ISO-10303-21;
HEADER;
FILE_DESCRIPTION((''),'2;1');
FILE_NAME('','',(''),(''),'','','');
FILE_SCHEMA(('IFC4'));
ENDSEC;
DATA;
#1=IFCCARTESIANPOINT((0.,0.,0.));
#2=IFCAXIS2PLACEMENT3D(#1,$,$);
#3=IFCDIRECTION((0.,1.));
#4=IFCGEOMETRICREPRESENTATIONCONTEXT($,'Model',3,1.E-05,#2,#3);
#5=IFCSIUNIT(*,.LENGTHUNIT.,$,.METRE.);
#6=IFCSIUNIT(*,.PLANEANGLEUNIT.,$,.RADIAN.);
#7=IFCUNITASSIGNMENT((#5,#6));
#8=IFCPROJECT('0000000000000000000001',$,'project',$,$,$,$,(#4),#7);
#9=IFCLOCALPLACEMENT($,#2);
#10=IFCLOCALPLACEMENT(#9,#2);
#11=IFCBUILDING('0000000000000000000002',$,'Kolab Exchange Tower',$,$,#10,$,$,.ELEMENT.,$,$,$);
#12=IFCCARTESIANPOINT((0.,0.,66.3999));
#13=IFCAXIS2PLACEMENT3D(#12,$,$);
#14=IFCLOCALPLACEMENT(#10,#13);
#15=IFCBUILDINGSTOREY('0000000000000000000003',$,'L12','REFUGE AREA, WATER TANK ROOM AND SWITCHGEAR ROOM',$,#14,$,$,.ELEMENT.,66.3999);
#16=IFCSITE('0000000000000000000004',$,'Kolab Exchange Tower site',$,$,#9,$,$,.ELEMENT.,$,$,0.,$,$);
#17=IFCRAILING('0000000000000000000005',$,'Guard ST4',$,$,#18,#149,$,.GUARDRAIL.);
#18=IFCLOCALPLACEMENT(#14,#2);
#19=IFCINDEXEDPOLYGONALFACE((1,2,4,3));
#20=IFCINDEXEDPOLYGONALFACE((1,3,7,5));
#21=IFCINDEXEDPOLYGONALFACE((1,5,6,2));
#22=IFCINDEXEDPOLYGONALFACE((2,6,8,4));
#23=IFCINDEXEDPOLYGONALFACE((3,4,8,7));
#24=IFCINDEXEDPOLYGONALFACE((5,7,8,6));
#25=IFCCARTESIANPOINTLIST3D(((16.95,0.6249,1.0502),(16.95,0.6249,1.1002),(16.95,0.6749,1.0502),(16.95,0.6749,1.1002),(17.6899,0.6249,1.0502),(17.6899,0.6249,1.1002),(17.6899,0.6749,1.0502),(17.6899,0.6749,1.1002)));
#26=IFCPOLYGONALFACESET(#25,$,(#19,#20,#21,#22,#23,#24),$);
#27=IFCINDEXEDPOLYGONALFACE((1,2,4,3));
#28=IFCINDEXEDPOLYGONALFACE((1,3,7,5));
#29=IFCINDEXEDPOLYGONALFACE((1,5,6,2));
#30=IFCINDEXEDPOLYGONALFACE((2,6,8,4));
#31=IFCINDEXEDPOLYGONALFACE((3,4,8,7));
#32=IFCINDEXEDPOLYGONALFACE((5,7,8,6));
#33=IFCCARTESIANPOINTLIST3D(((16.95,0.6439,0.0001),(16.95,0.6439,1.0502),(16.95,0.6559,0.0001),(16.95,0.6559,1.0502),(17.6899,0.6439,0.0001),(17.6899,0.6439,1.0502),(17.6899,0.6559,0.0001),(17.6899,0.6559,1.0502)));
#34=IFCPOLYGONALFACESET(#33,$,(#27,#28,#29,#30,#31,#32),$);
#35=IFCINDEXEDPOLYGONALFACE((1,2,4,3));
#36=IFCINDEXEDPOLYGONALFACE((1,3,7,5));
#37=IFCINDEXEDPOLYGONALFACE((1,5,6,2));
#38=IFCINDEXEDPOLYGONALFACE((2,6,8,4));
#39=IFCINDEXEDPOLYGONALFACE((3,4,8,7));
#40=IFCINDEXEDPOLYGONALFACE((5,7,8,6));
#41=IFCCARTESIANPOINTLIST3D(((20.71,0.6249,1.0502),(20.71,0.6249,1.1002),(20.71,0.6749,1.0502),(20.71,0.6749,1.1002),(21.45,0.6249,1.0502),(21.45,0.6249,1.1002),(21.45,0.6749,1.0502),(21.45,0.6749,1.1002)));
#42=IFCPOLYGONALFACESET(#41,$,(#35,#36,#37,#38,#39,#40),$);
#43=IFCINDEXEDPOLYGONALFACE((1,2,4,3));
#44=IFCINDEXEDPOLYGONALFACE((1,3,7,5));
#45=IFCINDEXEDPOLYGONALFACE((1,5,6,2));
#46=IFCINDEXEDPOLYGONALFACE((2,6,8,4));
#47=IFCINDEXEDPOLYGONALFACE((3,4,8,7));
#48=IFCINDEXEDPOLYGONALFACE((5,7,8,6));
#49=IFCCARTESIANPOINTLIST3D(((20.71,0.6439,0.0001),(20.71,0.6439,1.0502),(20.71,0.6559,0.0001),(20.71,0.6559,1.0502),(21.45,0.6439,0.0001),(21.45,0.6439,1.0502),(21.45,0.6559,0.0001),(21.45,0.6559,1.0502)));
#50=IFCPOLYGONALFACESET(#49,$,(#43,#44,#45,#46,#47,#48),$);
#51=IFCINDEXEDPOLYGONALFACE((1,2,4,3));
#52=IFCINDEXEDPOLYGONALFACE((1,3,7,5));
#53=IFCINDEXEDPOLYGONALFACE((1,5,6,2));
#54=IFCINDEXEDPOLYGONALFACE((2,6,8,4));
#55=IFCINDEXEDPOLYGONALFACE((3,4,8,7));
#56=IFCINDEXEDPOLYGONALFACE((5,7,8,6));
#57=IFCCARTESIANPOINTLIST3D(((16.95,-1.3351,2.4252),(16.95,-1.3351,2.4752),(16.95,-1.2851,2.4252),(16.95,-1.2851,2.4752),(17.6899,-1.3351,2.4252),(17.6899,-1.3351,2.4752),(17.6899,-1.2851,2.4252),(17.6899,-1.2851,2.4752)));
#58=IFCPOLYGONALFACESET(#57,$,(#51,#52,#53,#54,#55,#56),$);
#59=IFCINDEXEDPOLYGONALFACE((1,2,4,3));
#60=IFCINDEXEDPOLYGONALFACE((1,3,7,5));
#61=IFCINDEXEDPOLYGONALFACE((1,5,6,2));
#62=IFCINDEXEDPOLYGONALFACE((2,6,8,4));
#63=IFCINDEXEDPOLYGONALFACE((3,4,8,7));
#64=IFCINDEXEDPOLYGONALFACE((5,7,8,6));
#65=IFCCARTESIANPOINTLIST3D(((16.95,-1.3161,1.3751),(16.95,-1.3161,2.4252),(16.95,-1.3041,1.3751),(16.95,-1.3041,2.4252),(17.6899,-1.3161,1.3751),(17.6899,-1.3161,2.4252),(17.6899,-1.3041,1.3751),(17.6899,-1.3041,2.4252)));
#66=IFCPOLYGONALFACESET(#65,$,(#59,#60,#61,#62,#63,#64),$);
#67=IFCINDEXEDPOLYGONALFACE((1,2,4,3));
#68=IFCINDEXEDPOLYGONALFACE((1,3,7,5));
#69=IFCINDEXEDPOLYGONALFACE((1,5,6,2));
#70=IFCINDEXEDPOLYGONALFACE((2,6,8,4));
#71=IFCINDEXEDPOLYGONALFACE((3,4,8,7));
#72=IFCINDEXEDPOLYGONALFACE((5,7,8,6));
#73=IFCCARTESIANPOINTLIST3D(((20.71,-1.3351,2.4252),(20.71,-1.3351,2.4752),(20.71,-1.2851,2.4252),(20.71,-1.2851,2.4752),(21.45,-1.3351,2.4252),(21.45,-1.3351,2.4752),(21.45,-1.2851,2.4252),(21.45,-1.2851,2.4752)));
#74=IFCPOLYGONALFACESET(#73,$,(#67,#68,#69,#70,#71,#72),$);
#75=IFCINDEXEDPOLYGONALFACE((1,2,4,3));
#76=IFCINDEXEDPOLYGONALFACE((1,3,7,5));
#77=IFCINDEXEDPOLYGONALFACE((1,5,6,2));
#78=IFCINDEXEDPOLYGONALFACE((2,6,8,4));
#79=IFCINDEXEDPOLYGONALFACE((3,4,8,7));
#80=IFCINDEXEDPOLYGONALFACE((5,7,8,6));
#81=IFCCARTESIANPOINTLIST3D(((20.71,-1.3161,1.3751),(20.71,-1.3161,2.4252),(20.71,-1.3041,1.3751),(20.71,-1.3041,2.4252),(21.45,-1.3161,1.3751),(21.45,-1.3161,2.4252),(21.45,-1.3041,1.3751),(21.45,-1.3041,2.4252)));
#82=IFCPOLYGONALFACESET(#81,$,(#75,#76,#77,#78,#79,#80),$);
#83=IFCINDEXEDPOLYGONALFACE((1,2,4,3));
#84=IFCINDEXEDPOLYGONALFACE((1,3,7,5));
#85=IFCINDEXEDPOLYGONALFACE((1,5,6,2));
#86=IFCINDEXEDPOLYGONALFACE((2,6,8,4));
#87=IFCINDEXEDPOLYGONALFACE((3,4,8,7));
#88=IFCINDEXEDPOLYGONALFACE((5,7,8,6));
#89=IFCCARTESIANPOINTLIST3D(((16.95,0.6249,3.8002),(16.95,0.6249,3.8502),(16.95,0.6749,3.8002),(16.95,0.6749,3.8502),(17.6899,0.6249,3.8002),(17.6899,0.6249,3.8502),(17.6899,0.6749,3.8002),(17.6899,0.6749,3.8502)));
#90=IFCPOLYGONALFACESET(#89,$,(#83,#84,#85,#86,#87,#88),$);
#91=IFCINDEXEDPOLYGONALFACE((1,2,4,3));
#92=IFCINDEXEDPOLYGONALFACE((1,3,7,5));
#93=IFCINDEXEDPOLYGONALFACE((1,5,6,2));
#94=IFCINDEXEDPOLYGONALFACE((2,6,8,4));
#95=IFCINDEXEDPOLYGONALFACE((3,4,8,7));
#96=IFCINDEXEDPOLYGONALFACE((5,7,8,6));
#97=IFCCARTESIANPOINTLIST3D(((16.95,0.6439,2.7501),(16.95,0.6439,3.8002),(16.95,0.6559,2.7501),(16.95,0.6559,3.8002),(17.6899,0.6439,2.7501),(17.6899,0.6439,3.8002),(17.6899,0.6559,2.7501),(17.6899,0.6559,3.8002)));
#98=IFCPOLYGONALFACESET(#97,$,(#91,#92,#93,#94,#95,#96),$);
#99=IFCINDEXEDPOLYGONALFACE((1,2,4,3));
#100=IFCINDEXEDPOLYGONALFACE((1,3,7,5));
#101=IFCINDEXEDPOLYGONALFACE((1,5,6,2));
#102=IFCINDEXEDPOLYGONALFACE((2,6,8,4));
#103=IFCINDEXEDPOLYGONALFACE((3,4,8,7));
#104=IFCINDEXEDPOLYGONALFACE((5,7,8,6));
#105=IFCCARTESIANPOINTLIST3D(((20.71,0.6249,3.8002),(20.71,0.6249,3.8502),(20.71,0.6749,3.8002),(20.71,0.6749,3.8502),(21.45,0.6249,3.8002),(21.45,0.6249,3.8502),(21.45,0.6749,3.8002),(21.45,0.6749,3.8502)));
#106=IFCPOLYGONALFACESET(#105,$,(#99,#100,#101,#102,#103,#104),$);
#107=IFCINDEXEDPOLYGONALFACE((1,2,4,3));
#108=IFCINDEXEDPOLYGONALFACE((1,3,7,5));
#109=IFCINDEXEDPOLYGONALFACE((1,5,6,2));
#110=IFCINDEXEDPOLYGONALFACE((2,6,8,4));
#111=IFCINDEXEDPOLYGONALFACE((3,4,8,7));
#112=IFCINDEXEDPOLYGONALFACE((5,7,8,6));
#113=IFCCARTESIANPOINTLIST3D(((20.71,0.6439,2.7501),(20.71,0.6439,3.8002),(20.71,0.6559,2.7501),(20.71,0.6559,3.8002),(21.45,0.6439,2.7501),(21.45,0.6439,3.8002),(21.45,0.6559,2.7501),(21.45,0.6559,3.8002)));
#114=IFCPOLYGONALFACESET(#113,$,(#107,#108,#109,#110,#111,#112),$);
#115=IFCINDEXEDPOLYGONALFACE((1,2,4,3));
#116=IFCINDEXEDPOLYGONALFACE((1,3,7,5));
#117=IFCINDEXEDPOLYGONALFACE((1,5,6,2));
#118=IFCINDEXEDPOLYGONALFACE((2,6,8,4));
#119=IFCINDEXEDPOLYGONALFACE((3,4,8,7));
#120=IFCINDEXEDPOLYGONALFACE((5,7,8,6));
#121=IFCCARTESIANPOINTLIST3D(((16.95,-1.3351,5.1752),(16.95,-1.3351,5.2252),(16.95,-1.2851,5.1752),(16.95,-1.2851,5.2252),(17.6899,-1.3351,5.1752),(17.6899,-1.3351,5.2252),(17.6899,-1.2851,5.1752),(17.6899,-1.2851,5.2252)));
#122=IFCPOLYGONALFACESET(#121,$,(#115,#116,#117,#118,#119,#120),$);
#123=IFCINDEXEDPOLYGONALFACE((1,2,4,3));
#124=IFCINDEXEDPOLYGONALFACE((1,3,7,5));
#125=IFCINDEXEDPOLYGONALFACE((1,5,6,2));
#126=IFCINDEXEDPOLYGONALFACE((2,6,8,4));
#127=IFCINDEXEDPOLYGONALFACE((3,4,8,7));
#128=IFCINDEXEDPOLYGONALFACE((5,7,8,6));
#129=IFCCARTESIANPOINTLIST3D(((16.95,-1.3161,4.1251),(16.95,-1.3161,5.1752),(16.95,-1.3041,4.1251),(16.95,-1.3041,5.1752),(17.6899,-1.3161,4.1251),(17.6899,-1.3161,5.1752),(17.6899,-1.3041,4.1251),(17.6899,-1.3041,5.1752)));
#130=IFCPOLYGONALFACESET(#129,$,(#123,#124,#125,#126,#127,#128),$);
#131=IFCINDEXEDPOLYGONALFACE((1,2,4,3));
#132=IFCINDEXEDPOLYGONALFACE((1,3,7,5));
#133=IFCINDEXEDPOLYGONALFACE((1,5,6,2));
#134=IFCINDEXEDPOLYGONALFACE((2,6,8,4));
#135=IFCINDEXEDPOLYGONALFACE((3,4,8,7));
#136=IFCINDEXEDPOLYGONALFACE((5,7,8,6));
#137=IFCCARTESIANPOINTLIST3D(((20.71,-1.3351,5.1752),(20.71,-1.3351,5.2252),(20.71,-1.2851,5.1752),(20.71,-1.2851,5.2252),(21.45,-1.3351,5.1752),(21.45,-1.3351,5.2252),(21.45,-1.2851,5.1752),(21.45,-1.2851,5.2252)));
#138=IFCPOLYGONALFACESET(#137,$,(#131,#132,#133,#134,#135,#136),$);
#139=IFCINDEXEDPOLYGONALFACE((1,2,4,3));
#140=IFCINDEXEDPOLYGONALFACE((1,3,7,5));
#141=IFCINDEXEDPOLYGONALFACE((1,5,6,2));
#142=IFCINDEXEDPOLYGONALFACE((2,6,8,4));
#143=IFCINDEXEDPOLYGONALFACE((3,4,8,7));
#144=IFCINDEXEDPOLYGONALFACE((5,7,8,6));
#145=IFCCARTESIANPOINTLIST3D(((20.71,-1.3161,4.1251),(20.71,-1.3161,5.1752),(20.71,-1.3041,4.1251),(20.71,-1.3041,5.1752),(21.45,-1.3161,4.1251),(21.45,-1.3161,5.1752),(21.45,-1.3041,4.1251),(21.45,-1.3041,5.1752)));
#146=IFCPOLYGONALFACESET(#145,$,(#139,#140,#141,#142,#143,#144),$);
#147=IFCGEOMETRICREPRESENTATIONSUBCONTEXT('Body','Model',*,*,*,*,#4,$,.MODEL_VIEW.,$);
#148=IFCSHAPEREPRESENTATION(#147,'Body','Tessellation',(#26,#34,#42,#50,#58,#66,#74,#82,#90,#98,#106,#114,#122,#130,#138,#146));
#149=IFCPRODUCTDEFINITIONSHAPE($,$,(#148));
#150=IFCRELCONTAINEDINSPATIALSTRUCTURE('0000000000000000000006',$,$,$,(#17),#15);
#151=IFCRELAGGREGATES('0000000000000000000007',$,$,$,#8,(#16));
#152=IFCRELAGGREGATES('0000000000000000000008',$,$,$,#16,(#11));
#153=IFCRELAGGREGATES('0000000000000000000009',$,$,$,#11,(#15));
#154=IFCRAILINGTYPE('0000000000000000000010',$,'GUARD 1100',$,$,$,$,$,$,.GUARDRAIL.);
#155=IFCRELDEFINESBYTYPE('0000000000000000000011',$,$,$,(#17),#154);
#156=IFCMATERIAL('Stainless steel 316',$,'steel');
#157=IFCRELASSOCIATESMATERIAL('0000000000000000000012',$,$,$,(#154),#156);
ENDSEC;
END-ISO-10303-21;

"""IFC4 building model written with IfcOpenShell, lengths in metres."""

from ifc_helpers import new_model, si_unit, direction, frame, frame_2d, origin, origin_2d, place, context, subcontext, project, spatial, rectangle, extrude, material, type_object, element, save


model = new_model("IFC4")

# Units and contexts
model_context = context("Model", 3, precision=1e-05, world=origin(), true_north=direction((0.0, 1.0)))
body_context = subcontext(model_context, "Body", "Model", "MODEL_VIEW")
ifc_project = project(units=[si_unit("LENGTHUNIT", "METRE"), si_unit("PLANEANGLEUNIT", "RADIAN")], contexts=[model_context])

# Site, building, storey
site_placement = place(None, origin())
site = spatial("IfcSite", under=ifc_project, at=site_placement, Name="Kolab Exchange Tower site", CompositionType="ELEMENT", RefElevation=0.0)
building_placement = place(site_placement, origin())
building = spatial("IfcBuilding", under=site, at=building_placement, Name="Kolab Exchange Tower", CompositionType="ELEMENT")
storey_placement = place(building_placement, frame((0.0, 0.0, 66.3999)))
storey = spatial("IfcBuildingStorey", under=building, at=storey_placement, Name="L12", Description="REFUGE AREA, WATER TANK ROOM AND SWITCHGEAR ROOM", CompositionType="ELEMENT", Elevation=66.3999)

# Railing
ifc_material_1 = material(Name="Stainless steel 316", Category="steel")
railing_type = type_object("IfcRailingType", Name="GUARD 1100", PredefinedType="GUARDRAIL", material=ifc_material_1)
railing_placement = place(storey_placement, frame((16.95, 0.6499, 0.0)))
element("IfcRailing", 1, at=railing_placement, inside=storey, type_object=railing_type, Name="Guard ST4", PredefinedType="GUARDRAIL", context=body_context, shape_type="SweptSolid", body=[
    extrude(rectangle(XDim=0.05, YDim=0.05, at=origin_2d()), frame((0.0, 0.0, 1.0752), z_axis=(1.0, 0.0, 0.0), x_axis=(0.0, 1.0, 0.0)), (0.0, 0.0, 1.0), 0.74),
    extrude(rectangle(XDim=0.012, YDim=1.0501, at=frame_2d((0.0, 0.5251))), frame((0.0, 0.0, 0.0), z_axis=(1.0, 0.0, 0.0), x_axis=(0.0, 1.0, 0.0)), (0.0, 0.0, 1.0), 0.74),
    extrude(rectangle(XDim=0.05, YDim=0.05, at=origin_2d()), frame((3.76, 0.0, 1.0752), z_axis=(1.0, 0.0, 0.0), x_axis=(0.0, 1.0, 0.0)), (0.0, 0.0, 1.0), 0.74),
    extrude(rectangle(XDim=0.012, YDim=1.0501, at=frame_2d((0.0, 0.5251))), frame((3.76, 0.0, 0.0), z_axis=(1.0, 0.0, 0.0), x_axis=(0.0, 1.0, 0.0)), (0.0, 0.0, 1.0), 0.74),
    extrude(rectangle(XDim=0.05, YDim=0.05, at=origin_2d()), frame((0.0, -1.96, 2.4502), z_axis=(1.0, 0.0, 0.0), x_axis=(0.0, 1.0, 0.0)), (0.0, 0.0, 1.0), 0.74),
    extrude(rectangle(XDim=0.012, YDim=1.0501, at=frame_2d((0.0, 0.5251))), frame((0.0, -1.96, 1.375), z_axis=(1.0, 0.0, 0.0), x_axis=(0.0, 1.0, 0.0)), (0.0, 0.0, 1.0), 0.74),
    extrude(rectangle(XDim=0.05, YDim=0.05, at=origin_2d()), frame((3.76, -1.96, 2.4502), z_axis=(1.0, 0.0, 0.0), x_axis=(0.0, 1.0, 0.0)), (0.0, 0.0, 1.0), 0.74),
    extrude(rectangle(XDim=0.012, YDim=1.0501, at=frame_2d((0.0, 0.5251))), frame((3.76, -1.96, 1.375), z_axis=(1.0, 0.0, 0.0), x_axis=(0.0, 1.0, 0.0)), (0.0, 0.0, 1.0), 0.74),
    extrude(rectangle(XDim=0.05, YDim=0.05, at=origin_2d()), frame((0.0, 0.0, 3.8252), z_axis=(1.0, 0.0, 0.0), x_axis=(0.0, 1.0, 0.0)), (0.0, 0.0, 1.0), 0.74),
    extrude(rectangle(XDim=0.012, YDim=1.0501, at=frame_2d((0.0, 0.5251))), frame((0.0, 0.0, 2.75), z_axis=(1.0, 0.0, 0.0), x_axis=(0.0, 1.0, 0.0)), (0.0, 0.0, 1.0), 0.74),
    extrude(rectangle(XDim=0.05, YDim=0.05, at=origin_2d()), frame((3.76, 0.0, 3.8252), z_axis=(1.0, 0.0, 0.0), x_axis=(0.0, 1.0, 0.0)), (0.0, 0.0, 1.0), 0.74),
    extrude(rectangle(XDim=0.012, YDim=1.0501, at=frame_2d((0.0, 0.5251))), frame((3.76, 0.0, 2.75), z_axis=(1.0, 0.0, 0.0), x_axis=(0.0, 1.0, 0.0)), (0.0, 0.0, 1.0), 0.74),
    extrude(rectangle(XDim=0.05, YDim=0.05, at=origin_2d()), frame((0.0, -1.96, 5.2002), z_axis=(1.0, 0.0, 0.0), x_axis=(0.0, 1.0, 0.0)), (0.0, 0.0, 1.0), 0.74),
    extrude(rectangle(XDim=0.012, YDim=1.0501, at=frame_2d((0.0, 0.5251))), frame((0.0, -1.96, 4.125), z_axis=(1.0, 0.0, 0.0), x_axis=(0.0, 1.0, 0.0)), (0.0, 0.0, 1.0), 0.74),
    extrude(rectangle(XDim=0.05, YDim=0.05, at=origin_2d()), frame((3.76, -1.96, 5.2002), z_axis=(1.0, 0.0, 0.0), x_axis=(0.0, 1.0, 0.0)), (0.0, 0.0, 1.0), 0.74),
    extrude(rectangle(XDim=0.012, YDim=1.0501, at=frame_2d((0.0, 0.5251))), frame((3.76, -1.96, 4.125), z_axis=(1.0, 0.0, 0.0), x_axis=(0.0, 1.0, 0.0)), (0.0, 0.0, 1.0), 0.74),
])

save(model, "model.ifc")
